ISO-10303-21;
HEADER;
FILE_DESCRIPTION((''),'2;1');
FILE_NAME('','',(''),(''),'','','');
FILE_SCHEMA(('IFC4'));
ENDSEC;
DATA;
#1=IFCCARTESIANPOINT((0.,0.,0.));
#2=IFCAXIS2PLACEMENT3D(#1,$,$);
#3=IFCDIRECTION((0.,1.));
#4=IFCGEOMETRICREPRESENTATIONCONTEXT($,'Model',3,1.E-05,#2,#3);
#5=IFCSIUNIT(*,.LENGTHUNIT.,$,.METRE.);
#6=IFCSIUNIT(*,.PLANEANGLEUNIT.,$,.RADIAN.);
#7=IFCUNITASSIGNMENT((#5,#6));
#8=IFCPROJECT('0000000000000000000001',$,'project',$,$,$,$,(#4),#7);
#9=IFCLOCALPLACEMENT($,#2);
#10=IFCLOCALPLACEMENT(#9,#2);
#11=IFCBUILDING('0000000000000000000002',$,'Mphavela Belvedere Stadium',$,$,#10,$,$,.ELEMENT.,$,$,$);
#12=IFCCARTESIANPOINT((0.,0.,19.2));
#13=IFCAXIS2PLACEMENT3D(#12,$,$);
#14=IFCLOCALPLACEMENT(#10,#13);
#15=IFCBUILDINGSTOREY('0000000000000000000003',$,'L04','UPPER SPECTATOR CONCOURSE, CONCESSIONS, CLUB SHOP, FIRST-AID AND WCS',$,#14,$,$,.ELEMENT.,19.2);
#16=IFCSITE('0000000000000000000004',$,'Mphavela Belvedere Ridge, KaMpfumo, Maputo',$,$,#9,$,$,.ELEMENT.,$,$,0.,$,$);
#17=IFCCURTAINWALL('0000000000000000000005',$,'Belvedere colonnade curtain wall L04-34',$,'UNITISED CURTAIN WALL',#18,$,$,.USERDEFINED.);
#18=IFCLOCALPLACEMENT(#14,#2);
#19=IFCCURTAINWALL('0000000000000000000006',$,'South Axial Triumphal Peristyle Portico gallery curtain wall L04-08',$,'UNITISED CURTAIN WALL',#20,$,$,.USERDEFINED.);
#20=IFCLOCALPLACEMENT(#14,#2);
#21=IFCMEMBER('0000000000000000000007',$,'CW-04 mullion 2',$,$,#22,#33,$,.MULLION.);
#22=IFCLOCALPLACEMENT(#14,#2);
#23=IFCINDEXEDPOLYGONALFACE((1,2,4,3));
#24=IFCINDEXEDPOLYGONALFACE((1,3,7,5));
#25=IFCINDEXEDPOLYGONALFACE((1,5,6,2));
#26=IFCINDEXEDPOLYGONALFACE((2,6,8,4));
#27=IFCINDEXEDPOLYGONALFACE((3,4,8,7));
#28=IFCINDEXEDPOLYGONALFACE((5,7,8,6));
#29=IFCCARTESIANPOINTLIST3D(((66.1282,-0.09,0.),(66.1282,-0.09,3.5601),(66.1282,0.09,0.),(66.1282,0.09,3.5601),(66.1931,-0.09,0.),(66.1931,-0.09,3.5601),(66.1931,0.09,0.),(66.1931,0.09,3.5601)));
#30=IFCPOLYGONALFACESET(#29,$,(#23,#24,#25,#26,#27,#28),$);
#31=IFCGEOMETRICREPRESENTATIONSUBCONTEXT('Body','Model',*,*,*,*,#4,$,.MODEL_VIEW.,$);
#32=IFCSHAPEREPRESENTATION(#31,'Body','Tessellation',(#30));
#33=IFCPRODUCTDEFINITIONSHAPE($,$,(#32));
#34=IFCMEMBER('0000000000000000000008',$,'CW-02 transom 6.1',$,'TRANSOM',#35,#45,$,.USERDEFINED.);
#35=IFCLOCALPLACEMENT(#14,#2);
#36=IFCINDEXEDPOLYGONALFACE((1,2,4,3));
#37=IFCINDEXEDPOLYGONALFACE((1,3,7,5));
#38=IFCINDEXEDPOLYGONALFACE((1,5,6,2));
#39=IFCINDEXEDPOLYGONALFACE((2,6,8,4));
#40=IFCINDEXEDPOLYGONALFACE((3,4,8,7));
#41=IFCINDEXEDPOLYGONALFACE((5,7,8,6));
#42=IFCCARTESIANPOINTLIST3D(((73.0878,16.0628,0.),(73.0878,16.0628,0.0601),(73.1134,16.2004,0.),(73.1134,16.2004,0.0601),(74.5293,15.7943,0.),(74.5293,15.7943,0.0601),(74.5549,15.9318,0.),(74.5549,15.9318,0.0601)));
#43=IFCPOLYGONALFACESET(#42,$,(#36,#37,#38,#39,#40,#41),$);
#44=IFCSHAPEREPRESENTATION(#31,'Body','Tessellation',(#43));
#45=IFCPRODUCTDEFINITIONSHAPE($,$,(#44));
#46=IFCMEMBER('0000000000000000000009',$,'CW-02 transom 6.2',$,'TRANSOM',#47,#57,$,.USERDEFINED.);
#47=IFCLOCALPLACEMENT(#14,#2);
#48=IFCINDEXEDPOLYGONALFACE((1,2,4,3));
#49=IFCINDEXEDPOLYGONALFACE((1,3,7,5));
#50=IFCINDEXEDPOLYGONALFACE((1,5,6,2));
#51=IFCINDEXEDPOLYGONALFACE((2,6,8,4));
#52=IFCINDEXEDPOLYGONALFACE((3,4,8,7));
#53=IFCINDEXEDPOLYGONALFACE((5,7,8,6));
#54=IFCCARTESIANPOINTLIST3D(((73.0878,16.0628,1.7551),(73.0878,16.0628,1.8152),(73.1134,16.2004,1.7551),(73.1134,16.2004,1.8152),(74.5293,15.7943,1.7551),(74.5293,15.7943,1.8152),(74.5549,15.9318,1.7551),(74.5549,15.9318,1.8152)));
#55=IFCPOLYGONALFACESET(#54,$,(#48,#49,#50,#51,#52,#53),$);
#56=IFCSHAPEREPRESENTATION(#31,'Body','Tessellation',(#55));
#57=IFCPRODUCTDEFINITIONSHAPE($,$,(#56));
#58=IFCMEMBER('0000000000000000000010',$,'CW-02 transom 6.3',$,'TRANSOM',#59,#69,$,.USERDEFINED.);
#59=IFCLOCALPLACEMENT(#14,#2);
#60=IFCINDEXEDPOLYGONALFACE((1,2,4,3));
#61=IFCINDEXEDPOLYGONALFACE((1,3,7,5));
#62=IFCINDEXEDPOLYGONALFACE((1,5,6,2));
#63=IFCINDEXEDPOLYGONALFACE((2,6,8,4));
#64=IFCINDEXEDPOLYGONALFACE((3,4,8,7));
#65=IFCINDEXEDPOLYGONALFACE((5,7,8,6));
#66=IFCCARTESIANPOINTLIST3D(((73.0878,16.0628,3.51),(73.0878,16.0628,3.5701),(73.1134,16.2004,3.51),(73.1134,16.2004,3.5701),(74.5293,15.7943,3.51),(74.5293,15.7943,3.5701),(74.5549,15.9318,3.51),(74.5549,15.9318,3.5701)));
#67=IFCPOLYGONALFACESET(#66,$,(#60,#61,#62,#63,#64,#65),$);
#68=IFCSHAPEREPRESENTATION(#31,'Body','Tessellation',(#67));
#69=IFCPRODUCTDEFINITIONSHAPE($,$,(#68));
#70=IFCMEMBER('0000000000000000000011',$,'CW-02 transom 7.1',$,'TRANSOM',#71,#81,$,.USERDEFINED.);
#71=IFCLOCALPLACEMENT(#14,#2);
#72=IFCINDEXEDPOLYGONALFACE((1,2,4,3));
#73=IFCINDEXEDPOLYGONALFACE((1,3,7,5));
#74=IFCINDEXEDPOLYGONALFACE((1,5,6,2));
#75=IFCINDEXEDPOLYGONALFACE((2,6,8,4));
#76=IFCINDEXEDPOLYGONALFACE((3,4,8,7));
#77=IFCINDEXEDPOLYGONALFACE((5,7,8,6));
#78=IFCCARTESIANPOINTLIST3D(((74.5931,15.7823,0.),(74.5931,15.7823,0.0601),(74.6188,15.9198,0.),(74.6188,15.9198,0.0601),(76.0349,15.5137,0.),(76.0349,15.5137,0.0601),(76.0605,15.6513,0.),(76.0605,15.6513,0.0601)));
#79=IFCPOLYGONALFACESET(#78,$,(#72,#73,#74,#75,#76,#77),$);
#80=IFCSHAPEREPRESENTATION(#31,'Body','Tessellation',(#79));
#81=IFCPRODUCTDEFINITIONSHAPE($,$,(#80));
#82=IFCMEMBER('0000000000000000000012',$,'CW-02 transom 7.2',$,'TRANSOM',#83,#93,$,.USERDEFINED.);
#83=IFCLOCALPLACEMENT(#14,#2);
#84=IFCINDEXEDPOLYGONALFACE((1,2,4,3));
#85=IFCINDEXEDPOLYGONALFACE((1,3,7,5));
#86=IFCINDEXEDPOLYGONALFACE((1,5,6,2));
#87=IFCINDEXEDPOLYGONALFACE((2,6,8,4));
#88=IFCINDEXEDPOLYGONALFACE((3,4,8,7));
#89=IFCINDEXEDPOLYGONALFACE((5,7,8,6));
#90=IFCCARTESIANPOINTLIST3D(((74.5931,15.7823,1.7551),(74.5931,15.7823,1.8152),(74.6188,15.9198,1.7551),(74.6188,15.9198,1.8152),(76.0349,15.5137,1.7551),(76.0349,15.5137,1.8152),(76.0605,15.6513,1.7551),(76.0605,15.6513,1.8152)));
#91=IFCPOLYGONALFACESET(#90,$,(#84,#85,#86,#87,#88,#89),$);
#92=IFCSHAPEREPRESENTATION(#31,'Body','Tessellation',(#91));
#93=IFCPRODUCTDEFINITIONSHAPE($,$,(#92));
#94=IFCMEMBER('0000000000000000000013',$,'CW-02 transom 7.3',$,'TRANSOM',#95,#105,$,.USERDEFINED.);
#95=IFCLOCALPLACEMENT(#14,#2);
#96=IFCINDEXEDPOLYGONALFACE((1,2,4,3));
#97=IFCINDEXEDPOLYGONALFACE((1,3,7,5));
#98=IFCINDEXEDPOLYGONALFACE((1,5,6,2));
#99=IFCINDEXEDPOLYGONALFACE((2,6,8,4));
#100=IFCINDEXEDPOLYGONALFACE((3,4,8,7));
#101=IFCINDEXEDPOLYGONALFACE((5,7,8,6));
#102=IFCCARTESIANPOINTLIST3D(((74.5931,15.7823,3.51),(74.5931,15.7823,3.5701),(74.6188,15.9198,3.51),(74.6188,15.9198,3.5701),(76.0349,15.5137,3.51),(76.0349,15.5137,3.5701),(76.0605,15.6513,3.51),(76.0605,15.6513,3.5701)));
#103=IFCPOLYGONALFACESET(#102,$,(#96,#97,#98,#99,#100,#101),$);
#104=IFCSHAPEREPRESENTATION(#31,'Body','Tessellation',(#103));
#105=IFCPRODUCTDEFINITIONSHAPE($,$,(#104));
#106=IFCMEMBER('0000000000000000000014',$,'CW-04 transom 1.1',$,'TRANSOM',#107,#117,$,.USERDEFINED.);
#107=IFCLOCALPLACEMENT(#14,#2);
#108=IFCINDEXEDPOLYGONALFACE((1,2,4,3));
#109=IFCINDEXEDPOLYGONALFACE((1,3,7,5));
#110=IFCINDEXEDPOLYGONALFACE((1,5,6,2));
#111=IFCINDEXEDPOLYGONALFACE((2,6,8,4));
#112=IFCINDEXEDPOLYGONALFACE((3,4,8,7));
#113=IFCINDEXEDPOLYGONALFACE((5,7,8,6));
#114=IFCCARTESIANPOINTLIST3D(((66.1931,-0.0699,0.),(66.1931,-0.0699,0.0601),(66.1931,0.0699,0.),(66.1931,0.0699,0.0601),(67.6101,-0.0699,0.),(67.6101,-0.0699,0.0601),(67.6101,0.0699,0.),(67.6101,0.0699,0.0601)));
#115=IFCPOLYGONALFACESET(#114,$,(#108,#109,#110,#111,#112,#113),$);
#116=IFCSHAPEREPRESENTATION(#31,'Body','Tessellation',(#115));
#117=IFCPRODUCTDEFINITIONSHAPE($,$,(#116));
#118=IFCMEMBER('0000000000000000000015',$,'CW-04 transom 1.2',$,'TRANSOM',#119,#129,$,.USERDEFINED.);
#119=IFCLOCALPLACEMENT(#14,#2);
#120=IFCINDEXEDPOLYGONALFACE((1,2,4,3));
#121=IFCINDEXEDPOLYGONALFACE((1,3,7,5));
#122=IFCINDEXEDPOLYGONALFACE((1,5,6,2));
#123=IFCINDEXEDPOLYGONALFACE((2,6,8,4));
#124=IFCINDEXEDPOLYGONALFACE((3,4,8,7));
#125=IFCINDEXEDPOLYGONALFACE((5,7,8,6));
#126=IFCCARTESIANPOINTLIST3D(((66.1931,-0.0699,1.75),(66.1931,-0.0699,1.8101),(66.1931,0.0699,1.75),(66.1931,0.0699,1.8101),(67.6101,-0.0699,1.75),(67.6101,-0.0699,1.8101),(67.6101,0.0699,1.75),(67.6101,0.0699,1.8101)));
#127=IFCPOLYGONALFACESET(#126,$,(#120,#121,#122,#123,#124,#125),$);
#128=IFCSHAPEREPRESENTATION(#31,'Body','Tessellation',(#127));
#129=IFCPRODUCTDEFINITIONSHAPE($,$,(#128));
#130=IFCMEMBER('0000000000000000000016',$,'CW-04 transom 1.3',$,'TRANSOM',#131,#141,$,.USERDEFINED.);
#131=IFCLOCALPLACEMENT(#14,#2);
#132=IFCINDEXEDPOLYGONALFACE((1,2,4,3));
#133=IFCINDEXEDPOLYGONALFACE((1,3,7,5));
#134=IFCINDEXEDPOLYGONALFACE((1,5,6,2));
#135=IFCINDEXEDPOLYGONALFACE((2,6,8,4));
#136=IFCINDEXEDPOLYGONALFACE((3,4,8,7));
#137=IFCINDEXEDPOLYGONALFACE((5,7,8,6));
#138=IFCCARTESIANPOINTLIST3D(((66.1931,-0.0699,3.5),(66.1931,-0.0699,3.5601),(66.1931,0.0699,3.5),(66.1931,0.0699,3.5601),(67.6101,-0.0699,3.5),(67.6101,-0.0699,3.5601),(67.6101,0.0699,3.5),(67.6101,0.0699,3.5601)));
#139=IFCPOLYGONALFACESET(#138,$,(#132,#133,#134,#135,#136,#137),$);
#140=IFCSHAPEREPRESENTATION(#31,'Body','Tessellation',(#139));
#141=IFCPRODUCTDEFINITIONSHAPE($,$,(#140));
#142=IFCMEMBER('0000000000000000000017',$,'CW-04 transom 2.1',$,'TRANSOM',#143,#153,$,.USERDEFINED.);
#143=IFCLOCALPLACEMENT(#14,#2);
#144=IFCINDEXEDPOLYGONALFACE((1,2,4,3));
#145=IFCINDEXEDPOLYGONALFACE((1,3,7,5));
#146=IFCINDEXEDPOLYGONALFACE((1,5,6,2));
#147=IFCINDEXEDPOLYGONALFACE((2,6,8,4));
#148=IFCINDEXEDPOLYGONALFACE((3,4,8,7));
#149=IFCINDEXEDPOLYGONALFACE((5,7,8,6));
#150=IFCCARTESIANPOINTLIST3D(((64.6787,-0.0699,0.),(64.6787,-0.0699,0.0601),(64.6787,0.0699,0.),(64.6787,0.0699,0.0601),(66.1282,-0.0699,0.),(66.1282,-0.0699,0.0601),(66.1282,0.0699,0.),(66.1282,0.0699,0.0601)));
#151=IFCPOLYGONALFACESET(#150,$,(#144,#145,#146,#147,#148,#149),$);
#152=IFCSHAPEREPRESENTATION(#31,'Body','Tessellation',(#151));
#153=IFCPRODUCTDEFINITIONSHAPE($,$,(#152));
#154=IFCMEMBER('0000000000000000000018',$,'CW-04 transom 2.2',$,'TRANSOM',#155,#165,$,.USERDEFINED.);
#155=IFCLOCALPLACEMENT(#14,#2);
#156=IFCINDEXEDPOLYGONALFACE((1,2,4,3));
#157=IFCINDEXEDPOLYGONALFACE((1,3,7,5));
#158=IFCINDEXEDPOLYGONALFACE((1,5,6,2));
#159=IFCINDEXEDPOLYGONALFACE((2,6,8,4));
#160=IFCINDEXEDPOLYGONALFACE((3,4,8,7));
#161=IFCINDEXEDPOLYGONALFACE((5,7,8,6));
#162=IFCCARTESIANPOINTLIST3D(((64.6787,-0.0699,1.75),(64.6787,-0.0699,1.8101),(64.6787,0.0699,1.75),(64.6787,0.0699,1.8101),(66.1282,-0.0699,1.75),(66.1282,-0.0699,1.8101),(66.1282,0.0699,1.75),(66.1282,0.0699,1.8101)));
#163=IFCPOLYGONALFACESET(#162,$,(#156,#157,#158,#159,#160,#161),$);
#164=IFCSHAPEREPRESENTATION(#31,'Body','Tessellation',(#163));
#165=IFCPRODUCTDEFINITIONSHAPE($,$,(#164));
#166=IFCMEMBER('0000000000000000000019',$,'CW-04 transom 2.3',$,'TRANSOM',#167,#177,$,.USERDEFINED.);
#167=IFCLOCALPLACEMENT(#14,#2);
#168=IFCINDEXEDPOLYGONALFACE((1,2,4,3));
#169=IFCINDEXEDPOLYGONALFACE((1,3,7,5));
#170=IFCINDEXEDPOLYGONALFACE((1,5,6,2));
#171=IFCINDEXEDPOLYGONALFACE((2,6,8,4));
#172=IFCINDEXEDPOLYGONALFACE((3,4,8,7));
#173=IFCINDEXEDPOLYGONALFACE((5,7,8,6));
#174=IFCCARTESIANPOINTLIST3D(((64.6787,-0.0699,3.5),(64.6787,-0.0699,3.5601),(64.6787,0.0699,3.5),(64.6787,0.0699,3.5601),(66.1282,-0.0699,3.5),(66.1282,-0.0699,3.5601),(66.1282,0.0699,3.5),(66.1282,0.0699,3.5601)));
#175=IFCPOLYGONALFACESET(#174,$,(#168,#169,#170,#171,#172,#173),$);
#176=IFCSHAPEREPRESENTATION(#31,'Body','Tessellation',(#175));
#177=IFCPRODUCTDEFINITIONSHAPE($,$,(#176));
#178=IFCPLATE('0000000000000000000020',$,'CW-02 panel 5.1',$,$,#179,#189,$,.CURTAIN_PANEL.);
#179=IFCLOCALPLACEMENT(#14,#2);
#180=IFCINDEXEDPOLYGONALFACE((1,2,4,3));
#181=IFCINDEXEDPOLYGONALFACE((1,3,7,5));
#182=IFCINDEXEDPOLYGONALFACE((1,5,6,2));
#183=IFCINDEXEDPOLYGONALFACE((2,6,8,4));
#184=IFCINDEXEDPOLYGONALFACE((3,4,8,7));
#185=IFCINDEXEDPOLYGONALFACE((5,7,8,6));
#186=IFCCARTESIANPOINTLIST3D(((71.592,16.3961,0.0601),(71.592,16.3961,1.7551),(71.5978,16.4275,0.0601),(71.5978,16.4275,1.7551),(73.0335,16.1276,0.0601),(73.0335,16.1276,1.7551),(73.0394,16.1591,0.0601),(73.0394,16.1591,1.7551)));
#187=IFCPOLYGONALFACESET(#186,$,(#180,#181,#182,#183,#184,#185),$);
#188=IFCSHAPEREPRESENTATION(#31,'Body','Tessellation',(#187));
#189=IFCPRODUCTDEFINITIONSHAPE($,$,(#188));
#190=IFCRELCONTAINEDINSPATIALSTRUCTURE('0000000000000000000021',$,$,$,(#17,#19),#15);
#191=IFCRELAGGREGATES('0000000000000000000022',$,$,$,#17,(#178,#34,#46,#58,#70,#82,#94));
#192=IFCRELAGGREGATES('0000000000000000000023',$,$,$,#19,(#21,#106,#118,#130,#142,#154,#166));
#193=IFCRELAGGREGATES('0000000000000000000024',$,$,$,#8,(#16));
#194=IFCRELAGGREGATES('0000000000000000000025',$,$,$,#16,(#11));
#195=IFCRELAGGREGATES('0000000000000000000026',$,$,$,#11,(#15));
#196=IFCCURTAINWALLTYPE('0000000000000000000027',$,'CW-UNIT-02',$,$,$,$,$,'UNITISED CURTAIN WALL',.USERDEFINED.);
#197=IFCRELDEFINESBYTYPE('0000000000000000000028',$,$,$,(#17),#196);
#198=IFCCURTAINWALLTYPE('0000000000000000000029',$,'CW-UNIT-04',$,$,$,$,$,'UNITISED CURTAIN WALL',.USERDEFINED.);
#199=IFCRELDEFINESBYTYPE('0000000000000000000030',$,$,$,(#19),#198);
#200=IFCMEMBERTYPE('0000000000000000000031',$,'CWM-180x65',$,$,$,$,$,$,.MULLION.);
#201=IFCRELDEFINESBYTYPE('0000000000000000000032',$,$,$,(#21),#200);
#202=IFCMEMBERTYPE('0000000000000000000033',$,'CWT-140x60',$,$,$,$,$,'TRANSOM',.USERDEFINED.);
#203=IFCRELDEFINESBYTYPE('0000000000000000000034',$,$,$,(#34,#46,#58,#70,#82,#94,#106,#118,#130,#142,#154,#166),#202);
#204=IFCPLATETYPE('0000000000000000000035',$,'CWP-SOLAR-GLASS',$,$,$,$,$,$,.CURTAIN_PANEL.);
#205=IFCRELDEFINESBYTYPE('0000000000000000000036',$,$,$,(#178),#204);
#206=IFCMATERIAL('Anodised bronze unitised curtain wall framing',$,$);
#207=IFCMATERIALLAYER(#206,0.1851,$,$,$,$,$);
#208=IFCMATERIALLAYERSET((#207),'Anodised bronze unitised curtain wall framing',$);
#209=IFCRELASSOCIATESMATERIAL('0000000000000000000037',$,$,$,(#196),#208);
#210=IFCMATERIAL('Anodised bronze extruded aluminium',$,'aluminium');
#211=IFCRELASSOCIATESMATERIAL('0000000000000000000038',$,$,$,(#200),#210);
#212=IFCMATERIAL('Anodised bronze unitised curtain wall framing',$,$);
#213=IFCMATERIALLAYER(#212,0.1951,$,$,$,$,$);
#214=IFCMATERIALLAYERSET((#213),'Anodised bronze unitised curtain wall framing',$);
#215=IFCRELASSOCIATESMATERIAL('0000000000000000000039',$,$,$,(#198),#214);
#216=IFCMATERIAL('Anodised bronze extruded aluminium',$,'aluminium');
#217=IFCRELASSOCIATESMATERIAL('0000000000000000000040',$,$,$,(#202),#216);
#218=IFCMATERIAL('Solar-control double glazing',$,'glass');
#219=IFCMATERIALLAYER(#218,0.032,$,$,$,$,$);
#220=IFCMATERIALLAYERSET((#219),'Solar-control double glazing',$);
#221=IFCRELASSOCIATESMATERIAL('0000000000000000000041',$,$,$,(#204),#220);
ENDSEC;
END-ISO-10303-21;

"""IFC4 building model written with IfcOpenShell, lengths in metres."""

from ifc_helpers import new_model, si_unit, direction, frame, origin, origin_2d, place, context, subcontext, project, spatial, rectangle, extrude, material, layer, layer_set, material_profile, profile_set, type_object, element, aggregate, save


model = new_model("IFC4")

# Units and contexts
model_context = context("Model", 3, precision=1e-05, world=origin(), true_north=direction((0.0, 1.0)))
body_context = subcontext(model_context, "Body", "Model", "MODEL_VIEW")
ifc_project = project(units=[si_unit("LENGTHUNIT", "METRE"), si_unit("PLANEANGLEUNIT", "RADIAN")], contexts=[model_context])

# Site, building, storey
site_placement = place(None, origin())
site = spatial("IfcSite", under=ifc_project, at=site_placement, Name="Mphavela Belvedere Ridge, KaMpfumo, Maputo", CompositionType="ELEMENT", RefElevation=0.0)
building_placement = place(site_placement, origin())
building = spatial("IfcBuilding", under=site, at=building_placement, Name="Mphavela Belvedere Stadium", CompositionType="ELEMENT")
storey_placement = place(building_placement, frame((0.0, 0.0, 19.2)))
storey = spatial("IfcBuildingStorey", under=building, at=storey_placement, Name="L04", Description="UPPER SPECTATOR CONCOURSE, CONCESSIONS, CLUB SHOP, FIRST-AID AND WCS", CompositionType="ELEMENT", Elevation=19.2)

# Curtain walls, member
ifc_material_1 = material(Name="Anodised bronze unitised curtain wall framing")
ifc_layer_1 = layer(ifc_material_1, 0.1851)
ifc_layer_set_1 = layer_set([ifc_layer_1], Name="Anodised bronze unitised curtain wall framing")
curtain_wall_type_1 = type_object("IfcCurtainWallType", Name="CW-UNIT-02", ElementType="UNITISED CURTAIN WALL", PredefinedType="USERDEFINED", material=ifc_layer_set_1)
curtain_wall_1_placement = place(storey_placement, origin())
curtain_wall_1 = element("IfcCurtainWall", 1, at=curtain_wall_1_placement, inside=storey, type_object=curtain_wall_type_1, Name="Belvedere colonnade curtain wall L04-34", ObjectType="UNITISED CURTAIN WALL", PredefinedType="USERDEFINED")
ifc_material_2 = material(Name="Anodised bronze extruded aluminium", Category="aluminium")
ifc_material_profile_1 = material_profile(ifc_material_2, rectangle(XDim=0.1799, YDim=0.0649, at=origin_2d()), Name="CW-MUL 180x65")
ifc_profile_set_1 = profile_set([ifc_material_profile_1], Name="Anodised bronze extruded aluminium")
member_type_1 = type_object("IfcMemberType", Name="CWM-180x65", PredefinedType="MULLION", material=ifc_profile_set_1)
ifc_material_3 = material(Name="Anodised bronze unitised curtain wall framing")
ifc_layer_2 = layer(ifc_material_3, 0.1951)
ifc_layer_set_2 = layer_set([ifc_layer_2], Name="Anodised bronze unitised curtain wall framing")
curtain_wall_type_2 = type_object("IfcCurtainWallType", Name="CW-UNIT-04", ElementType="UNITISED CURTAIN WALL", PredefinedType="USERDEFINED", material=ifc_layer_set_2)
curtain_wall_2_placement = place(storey_placement, origin())
curtain_wall_2 = element("IfcCurtainWall", 2, at=curtain_wall_2_placement, inside=storey, type_object=curtain_wall_type_2, Name="South Axial Triumphal Peristyle Portico gallery curtain wall L04-08", ObjectType="UNITISED CURTAIN WALL", PredefinedType="USERDEFINED")
member_1_placement = place(storey_placement, frame((66.1606, 0.0, 0.0), z_axis=(0.0, 0.0, 1.0), x_axis=(0.0, -1.0, 0.0)))
member_1 = element("IfcMember", 3, at=member_1_placement, type_object=member_type_1, Name="CW-04 mullion 2", PredefinedType="MULLION", context=body_context, shape_type="SweptSolid", body=[
    extrude(rectangle(XDim=0.1799, YDim=0.0649, at=origin_2d()), origin(), (0.0, 0.0, 1.0), 3.5601),
])

# Members
ifc_material_4 = material(Name="Anodised bronze extruded aluminium", Category="aluminium")
ifc_material_profile_2 = material_profile(ifc_material_4, rectangle(XDim=0.1399, YDim=0.0601, at=origin_2d()), Name="CW-TRN 140x60")
ifc_profile_set_2 = profile_set([ifc_material_profile_2], Name="Anodised bronze extruded aluminium")
member_type_2 = type_object("IfcMemberType", Name="CWT-140x60", ElementType="TRANSOM", PredefinedType="USERDEFINED", material=ifc_profile_set_2)
member_2_placement = place(storey_placement, frame((73.1006, 16.1316, 0.03), z_axis=(0.983083, -0.183162, 0.0), x_axis=(0.183162, 0.983083, 0.0)))
member_2 = element("IfcMember", 4, at=member_2_placement, type_object=member_type_2, Name="CW-02 transom 6.1", ObjectType="TRANSOM", PredefinedType="USERDEFINED", context=body_context, shape_type="SweptSolid", body=[
    extrude(rectangle(XDim=0.1399, YDim=0.0601, at=origin_2d()), origin(), (0.0, 0.0, 1.0), 1.4663),
])
member_3_placement = place(storey_placement, frame((73.1006, 16.1316, 1.7852), z_axis=(0.983083, -0.183162, 0.0), x_axis=(0.183162, 0.983083, 0.0)))
member_3 = element("IfcMember", 5, at=member_3_placement, type_object=member_type_2, Name="CW-02 transom 6.2", ObjectType="TRANSOM", PredefinedType="USERDEFINED", context=body_context, shape_type="SweptSolid", body=[
    extrude(rectangle(XDim=0.1399, YDim=0.0601, at=origin_2d()), origin(), (0.0, 0.0, 1.0), 1.4663),
])
member_4_placement = place(storey_placement, frame((73.1006, 16.1316, 3.54), z_axis=(0.983083, -0.183162, 0.0), x_axis=(0.183162, 0.983083, 0.0)))
member_4 = element("IfcMember", 6, at=member_4_placement, type_object=member_type_2, Name="CW-02 transom 6.3", ObjectType="TRANSOM", PredefinedType="USERDEFINED", context=body_context, shape_type="SweptSolid", body=[
    extrude(rectangle(XDim=0.1399, YDim=0.0601, at=origin_2d()), origin(), (0.0, 0.0, 1.0), 1.4663),
])
member_5_placement = place(storey_placement, frame((74.606, 15.8511, 0.03), z_axis=(0.983088, -0.183132, 0.0), x_axis=(0.183132, 0.983088, 0.0)))
member_5 = element("IfcMember", 7, at=member_5_placement, type_object=member_type_2, Name="CW-02 transom 7.1", ObjectType="TRANSOM", PredefinedType="USERDEFINED", context=body_context, shape_type="SweptSolid", body=[
    extrude(rectangle(XDim=0.1399, YDim=0.0601, at=origin_2d()), origin(), (0.0, 0.0, 1.0), 1.4666),
])
member_6_placement = place(storey_placement, frame((74.606, 15.8511, 1.7852), z_axis=(0.983088, -0.183132, 0.0), x_axis=(0.183132, 0.983088, 0.0)))
member_6 = element("IfcMember", 8, at=member_6_placement, type_object=member_type_2, Name="CW-02 transom 7.2", ObjectType="TRANSOM", PredefinedType="USERDEFINED", context=body_context, shape_type="SweptSolid", body=[
    extrude(rectangle(XDim=0.1399, YDim=0.0601, at=origin_2d()), origin(), (0.0, 0.0, 1.0), 1.4666),
])
member_7_placement = place(storey_placement, frame((74.606, 15.8511, 3.54), z_axis=(0.983088, -0.183132, 0.0), x_axis=(0.183132, 0.983088, 0.0)))
member_7 = element("IfcMember", 9, at=member_7_placement, type_object=member_type_2, Name="CW-02 transom 7.3", ObjectType="TRANSOM", PredefinedType="USERDEFINED", context=body_context, shape_type="SweptSolid", body=[
    extrude(rectangle(XDim=0.1399, YDim=0.0601, at=origin_2d()), origin(), (0.0, 0.0, 1.0), 1.4666),
])
member_8_placement = place(storey_placement, frame((67.6101, 0.0, 0.03), z_axis=(-1.0, 0.0, 0.0), x_axis=(0.0, -1.0, 0.0)))
member_8 = element("IfcMember", 10, at=member_8_placement, type_object=member_type_2, Name="CW-04 transom 1.1", ObjectType="TRANSOM", PredefinedType="USERDEFINED", context=body_context, shape_type="SweptSolid", body=[
    extrude(rectangle(XDim=0.1399, YDim=0.0601, at=origin_2d()), origin(), (0.0, 0.0, 1.0), 1.417),
])
member_9_placement = place(storey_placement, frame((67.6101, 0.0, 1.78), z_axis=(-1.0, 0.0, 0.0), x_axis=(0.0, -1.0, 0.0)))
member_9 = element("IfcMember", 11, at=member_9_placement, type_object=member_type_2, Name="CW-04 transom 1.2", ObjectType="TRANSOM", PredefinedType="USERDEFINED", context=body_context, shape_type="SweptSolid", body=[
    extrude(rectangle(XDim=0.1399, YDim=0.0601, at=origin_2d()), origin(), (0.0, 0.0, 1.0), 1.417),
])
member_10_placement = place(storey_placement, frame((67.6101, 0.0, 3.53), z_axis=(-1.0, 0.0, 0.0), x_axis=(0.0, -1.0, 0.0)))
member_10 = element("IfcMember", 12, at=member_10_placement, type_object=member_type_2, Name="CW-04 transom 1.3", ObjectType="TRANSOM", PredefinedType="USERDEFINED", context=body_context, shape_type="SweptSolid", body=[
    extrude(rectangle(XDim=0.1399, YDim=0.0601, at=origin_2d()), origin(), (0.0, 0.0, 1.0), 1.417),
])
member_11_placement = place(storey_placement, frame((66.1282, 0.0, 0.03), z_axis=(-1.0, 0.0, 0.0), x_axis=(0.0, -1.0, 0.0)))
member_11 = element("IfcMember", 13, at=member_11_placement, type_object=member_type_2, Name="CW-04 transom 2.1", ObjectType="TRANSOM", PredefinedType="USERDEFINED", context=body_context, shape_type="SweptSolid", body=[
    extrude(rectangle(XDim=0.1399, YDim=0.0601, at=origin_2d()), origin(), (0.0, 0.0, 1.0), 1.4495),
])
member_12_placement = place(storey_placement, frame((66.1282, 0.0, 1.78), z_axis=(-1.0, 0.0, 0.0), x_axis=(0.0, -1.0, 0.0)))
member_12 = element("IfcMember", 14, at=member_12_placement, type_object=member_type_2, Name="CW-04 transom 2.2", ObjectType="TRANSOM", PredefinedType="USERDEFINED", context=body_context, shape_type="SweptSolid", body=[
    extrude(rectangle(XDim=0.1399, YDim=0.0601, at=origin_2d()), origin(), (0.0, 0.0, 1.0), 1.4495),
])
member_13_placement = place(storey_placement, frame((66.1282, 0.0, 3.53), z_axis=(-1.0, 0.0, 0.0), x_axis=(0.0, -1.0, 0.0)))
member_13 = element("IfcMember", 15, at=member_13_placement, type_object=member_type_2, Name="CW-04 transom 2.3", ObjectType="TRANSOM", PredefinedType="USERDEFINED", context=body_context, shape_type="SweptSolid", body=[
    extrude(rectangle(XDim=0.1399, YDim=0.0601, at=origin_2d()), origin(), (0.0, 0.0, 1.0), 1.4495),
])

# Plate
ifc_material_5 = material(Name="Solar-control double glazing", Category="glass")
ifc_layer_3 = layer(ifc_material_5, 0.032)
ifc_layer_set_3 = layer_set([ifc_layer_3], Name="Solar-control double glazing")
plate_type = type_object("IfcPlateType", Name="CWP-SOLAR-GLASS", PredefinedType="CURTAIN_PANEL", material=ifc_layer_set_3)
plate_1_placement = place(storey_placement, frame((72.3157, 16.2776, 0.0601), z_axis=(0.0, 0.0, 1.0), x_axis=(0.983096, -0.183091, 0.0)))
plate_1 = element("IfcPlate", 16, at=plate_1_placement, type_object=plate_type, Name="CW-02 panel 5.1", PredefinedType="CURTAIN_PANEL", context=body_context, shape_type="SweptSolid", body=[
    extrude(rectangle(XDim=1.4663, YDim=0.032, at=origin_2d()), origin(), (0.0, 0.0, 1.0), 1.6951),
])
aggregate(curtain_wall_1, [plate_1, member_2, member_3, member_4, member_5, member_6, member_7])
aggregate(curtain_wall_2, [member_1, member_8, member_9, member_10, member_11, member_12, member_13])

save(model, "model.ifc")
